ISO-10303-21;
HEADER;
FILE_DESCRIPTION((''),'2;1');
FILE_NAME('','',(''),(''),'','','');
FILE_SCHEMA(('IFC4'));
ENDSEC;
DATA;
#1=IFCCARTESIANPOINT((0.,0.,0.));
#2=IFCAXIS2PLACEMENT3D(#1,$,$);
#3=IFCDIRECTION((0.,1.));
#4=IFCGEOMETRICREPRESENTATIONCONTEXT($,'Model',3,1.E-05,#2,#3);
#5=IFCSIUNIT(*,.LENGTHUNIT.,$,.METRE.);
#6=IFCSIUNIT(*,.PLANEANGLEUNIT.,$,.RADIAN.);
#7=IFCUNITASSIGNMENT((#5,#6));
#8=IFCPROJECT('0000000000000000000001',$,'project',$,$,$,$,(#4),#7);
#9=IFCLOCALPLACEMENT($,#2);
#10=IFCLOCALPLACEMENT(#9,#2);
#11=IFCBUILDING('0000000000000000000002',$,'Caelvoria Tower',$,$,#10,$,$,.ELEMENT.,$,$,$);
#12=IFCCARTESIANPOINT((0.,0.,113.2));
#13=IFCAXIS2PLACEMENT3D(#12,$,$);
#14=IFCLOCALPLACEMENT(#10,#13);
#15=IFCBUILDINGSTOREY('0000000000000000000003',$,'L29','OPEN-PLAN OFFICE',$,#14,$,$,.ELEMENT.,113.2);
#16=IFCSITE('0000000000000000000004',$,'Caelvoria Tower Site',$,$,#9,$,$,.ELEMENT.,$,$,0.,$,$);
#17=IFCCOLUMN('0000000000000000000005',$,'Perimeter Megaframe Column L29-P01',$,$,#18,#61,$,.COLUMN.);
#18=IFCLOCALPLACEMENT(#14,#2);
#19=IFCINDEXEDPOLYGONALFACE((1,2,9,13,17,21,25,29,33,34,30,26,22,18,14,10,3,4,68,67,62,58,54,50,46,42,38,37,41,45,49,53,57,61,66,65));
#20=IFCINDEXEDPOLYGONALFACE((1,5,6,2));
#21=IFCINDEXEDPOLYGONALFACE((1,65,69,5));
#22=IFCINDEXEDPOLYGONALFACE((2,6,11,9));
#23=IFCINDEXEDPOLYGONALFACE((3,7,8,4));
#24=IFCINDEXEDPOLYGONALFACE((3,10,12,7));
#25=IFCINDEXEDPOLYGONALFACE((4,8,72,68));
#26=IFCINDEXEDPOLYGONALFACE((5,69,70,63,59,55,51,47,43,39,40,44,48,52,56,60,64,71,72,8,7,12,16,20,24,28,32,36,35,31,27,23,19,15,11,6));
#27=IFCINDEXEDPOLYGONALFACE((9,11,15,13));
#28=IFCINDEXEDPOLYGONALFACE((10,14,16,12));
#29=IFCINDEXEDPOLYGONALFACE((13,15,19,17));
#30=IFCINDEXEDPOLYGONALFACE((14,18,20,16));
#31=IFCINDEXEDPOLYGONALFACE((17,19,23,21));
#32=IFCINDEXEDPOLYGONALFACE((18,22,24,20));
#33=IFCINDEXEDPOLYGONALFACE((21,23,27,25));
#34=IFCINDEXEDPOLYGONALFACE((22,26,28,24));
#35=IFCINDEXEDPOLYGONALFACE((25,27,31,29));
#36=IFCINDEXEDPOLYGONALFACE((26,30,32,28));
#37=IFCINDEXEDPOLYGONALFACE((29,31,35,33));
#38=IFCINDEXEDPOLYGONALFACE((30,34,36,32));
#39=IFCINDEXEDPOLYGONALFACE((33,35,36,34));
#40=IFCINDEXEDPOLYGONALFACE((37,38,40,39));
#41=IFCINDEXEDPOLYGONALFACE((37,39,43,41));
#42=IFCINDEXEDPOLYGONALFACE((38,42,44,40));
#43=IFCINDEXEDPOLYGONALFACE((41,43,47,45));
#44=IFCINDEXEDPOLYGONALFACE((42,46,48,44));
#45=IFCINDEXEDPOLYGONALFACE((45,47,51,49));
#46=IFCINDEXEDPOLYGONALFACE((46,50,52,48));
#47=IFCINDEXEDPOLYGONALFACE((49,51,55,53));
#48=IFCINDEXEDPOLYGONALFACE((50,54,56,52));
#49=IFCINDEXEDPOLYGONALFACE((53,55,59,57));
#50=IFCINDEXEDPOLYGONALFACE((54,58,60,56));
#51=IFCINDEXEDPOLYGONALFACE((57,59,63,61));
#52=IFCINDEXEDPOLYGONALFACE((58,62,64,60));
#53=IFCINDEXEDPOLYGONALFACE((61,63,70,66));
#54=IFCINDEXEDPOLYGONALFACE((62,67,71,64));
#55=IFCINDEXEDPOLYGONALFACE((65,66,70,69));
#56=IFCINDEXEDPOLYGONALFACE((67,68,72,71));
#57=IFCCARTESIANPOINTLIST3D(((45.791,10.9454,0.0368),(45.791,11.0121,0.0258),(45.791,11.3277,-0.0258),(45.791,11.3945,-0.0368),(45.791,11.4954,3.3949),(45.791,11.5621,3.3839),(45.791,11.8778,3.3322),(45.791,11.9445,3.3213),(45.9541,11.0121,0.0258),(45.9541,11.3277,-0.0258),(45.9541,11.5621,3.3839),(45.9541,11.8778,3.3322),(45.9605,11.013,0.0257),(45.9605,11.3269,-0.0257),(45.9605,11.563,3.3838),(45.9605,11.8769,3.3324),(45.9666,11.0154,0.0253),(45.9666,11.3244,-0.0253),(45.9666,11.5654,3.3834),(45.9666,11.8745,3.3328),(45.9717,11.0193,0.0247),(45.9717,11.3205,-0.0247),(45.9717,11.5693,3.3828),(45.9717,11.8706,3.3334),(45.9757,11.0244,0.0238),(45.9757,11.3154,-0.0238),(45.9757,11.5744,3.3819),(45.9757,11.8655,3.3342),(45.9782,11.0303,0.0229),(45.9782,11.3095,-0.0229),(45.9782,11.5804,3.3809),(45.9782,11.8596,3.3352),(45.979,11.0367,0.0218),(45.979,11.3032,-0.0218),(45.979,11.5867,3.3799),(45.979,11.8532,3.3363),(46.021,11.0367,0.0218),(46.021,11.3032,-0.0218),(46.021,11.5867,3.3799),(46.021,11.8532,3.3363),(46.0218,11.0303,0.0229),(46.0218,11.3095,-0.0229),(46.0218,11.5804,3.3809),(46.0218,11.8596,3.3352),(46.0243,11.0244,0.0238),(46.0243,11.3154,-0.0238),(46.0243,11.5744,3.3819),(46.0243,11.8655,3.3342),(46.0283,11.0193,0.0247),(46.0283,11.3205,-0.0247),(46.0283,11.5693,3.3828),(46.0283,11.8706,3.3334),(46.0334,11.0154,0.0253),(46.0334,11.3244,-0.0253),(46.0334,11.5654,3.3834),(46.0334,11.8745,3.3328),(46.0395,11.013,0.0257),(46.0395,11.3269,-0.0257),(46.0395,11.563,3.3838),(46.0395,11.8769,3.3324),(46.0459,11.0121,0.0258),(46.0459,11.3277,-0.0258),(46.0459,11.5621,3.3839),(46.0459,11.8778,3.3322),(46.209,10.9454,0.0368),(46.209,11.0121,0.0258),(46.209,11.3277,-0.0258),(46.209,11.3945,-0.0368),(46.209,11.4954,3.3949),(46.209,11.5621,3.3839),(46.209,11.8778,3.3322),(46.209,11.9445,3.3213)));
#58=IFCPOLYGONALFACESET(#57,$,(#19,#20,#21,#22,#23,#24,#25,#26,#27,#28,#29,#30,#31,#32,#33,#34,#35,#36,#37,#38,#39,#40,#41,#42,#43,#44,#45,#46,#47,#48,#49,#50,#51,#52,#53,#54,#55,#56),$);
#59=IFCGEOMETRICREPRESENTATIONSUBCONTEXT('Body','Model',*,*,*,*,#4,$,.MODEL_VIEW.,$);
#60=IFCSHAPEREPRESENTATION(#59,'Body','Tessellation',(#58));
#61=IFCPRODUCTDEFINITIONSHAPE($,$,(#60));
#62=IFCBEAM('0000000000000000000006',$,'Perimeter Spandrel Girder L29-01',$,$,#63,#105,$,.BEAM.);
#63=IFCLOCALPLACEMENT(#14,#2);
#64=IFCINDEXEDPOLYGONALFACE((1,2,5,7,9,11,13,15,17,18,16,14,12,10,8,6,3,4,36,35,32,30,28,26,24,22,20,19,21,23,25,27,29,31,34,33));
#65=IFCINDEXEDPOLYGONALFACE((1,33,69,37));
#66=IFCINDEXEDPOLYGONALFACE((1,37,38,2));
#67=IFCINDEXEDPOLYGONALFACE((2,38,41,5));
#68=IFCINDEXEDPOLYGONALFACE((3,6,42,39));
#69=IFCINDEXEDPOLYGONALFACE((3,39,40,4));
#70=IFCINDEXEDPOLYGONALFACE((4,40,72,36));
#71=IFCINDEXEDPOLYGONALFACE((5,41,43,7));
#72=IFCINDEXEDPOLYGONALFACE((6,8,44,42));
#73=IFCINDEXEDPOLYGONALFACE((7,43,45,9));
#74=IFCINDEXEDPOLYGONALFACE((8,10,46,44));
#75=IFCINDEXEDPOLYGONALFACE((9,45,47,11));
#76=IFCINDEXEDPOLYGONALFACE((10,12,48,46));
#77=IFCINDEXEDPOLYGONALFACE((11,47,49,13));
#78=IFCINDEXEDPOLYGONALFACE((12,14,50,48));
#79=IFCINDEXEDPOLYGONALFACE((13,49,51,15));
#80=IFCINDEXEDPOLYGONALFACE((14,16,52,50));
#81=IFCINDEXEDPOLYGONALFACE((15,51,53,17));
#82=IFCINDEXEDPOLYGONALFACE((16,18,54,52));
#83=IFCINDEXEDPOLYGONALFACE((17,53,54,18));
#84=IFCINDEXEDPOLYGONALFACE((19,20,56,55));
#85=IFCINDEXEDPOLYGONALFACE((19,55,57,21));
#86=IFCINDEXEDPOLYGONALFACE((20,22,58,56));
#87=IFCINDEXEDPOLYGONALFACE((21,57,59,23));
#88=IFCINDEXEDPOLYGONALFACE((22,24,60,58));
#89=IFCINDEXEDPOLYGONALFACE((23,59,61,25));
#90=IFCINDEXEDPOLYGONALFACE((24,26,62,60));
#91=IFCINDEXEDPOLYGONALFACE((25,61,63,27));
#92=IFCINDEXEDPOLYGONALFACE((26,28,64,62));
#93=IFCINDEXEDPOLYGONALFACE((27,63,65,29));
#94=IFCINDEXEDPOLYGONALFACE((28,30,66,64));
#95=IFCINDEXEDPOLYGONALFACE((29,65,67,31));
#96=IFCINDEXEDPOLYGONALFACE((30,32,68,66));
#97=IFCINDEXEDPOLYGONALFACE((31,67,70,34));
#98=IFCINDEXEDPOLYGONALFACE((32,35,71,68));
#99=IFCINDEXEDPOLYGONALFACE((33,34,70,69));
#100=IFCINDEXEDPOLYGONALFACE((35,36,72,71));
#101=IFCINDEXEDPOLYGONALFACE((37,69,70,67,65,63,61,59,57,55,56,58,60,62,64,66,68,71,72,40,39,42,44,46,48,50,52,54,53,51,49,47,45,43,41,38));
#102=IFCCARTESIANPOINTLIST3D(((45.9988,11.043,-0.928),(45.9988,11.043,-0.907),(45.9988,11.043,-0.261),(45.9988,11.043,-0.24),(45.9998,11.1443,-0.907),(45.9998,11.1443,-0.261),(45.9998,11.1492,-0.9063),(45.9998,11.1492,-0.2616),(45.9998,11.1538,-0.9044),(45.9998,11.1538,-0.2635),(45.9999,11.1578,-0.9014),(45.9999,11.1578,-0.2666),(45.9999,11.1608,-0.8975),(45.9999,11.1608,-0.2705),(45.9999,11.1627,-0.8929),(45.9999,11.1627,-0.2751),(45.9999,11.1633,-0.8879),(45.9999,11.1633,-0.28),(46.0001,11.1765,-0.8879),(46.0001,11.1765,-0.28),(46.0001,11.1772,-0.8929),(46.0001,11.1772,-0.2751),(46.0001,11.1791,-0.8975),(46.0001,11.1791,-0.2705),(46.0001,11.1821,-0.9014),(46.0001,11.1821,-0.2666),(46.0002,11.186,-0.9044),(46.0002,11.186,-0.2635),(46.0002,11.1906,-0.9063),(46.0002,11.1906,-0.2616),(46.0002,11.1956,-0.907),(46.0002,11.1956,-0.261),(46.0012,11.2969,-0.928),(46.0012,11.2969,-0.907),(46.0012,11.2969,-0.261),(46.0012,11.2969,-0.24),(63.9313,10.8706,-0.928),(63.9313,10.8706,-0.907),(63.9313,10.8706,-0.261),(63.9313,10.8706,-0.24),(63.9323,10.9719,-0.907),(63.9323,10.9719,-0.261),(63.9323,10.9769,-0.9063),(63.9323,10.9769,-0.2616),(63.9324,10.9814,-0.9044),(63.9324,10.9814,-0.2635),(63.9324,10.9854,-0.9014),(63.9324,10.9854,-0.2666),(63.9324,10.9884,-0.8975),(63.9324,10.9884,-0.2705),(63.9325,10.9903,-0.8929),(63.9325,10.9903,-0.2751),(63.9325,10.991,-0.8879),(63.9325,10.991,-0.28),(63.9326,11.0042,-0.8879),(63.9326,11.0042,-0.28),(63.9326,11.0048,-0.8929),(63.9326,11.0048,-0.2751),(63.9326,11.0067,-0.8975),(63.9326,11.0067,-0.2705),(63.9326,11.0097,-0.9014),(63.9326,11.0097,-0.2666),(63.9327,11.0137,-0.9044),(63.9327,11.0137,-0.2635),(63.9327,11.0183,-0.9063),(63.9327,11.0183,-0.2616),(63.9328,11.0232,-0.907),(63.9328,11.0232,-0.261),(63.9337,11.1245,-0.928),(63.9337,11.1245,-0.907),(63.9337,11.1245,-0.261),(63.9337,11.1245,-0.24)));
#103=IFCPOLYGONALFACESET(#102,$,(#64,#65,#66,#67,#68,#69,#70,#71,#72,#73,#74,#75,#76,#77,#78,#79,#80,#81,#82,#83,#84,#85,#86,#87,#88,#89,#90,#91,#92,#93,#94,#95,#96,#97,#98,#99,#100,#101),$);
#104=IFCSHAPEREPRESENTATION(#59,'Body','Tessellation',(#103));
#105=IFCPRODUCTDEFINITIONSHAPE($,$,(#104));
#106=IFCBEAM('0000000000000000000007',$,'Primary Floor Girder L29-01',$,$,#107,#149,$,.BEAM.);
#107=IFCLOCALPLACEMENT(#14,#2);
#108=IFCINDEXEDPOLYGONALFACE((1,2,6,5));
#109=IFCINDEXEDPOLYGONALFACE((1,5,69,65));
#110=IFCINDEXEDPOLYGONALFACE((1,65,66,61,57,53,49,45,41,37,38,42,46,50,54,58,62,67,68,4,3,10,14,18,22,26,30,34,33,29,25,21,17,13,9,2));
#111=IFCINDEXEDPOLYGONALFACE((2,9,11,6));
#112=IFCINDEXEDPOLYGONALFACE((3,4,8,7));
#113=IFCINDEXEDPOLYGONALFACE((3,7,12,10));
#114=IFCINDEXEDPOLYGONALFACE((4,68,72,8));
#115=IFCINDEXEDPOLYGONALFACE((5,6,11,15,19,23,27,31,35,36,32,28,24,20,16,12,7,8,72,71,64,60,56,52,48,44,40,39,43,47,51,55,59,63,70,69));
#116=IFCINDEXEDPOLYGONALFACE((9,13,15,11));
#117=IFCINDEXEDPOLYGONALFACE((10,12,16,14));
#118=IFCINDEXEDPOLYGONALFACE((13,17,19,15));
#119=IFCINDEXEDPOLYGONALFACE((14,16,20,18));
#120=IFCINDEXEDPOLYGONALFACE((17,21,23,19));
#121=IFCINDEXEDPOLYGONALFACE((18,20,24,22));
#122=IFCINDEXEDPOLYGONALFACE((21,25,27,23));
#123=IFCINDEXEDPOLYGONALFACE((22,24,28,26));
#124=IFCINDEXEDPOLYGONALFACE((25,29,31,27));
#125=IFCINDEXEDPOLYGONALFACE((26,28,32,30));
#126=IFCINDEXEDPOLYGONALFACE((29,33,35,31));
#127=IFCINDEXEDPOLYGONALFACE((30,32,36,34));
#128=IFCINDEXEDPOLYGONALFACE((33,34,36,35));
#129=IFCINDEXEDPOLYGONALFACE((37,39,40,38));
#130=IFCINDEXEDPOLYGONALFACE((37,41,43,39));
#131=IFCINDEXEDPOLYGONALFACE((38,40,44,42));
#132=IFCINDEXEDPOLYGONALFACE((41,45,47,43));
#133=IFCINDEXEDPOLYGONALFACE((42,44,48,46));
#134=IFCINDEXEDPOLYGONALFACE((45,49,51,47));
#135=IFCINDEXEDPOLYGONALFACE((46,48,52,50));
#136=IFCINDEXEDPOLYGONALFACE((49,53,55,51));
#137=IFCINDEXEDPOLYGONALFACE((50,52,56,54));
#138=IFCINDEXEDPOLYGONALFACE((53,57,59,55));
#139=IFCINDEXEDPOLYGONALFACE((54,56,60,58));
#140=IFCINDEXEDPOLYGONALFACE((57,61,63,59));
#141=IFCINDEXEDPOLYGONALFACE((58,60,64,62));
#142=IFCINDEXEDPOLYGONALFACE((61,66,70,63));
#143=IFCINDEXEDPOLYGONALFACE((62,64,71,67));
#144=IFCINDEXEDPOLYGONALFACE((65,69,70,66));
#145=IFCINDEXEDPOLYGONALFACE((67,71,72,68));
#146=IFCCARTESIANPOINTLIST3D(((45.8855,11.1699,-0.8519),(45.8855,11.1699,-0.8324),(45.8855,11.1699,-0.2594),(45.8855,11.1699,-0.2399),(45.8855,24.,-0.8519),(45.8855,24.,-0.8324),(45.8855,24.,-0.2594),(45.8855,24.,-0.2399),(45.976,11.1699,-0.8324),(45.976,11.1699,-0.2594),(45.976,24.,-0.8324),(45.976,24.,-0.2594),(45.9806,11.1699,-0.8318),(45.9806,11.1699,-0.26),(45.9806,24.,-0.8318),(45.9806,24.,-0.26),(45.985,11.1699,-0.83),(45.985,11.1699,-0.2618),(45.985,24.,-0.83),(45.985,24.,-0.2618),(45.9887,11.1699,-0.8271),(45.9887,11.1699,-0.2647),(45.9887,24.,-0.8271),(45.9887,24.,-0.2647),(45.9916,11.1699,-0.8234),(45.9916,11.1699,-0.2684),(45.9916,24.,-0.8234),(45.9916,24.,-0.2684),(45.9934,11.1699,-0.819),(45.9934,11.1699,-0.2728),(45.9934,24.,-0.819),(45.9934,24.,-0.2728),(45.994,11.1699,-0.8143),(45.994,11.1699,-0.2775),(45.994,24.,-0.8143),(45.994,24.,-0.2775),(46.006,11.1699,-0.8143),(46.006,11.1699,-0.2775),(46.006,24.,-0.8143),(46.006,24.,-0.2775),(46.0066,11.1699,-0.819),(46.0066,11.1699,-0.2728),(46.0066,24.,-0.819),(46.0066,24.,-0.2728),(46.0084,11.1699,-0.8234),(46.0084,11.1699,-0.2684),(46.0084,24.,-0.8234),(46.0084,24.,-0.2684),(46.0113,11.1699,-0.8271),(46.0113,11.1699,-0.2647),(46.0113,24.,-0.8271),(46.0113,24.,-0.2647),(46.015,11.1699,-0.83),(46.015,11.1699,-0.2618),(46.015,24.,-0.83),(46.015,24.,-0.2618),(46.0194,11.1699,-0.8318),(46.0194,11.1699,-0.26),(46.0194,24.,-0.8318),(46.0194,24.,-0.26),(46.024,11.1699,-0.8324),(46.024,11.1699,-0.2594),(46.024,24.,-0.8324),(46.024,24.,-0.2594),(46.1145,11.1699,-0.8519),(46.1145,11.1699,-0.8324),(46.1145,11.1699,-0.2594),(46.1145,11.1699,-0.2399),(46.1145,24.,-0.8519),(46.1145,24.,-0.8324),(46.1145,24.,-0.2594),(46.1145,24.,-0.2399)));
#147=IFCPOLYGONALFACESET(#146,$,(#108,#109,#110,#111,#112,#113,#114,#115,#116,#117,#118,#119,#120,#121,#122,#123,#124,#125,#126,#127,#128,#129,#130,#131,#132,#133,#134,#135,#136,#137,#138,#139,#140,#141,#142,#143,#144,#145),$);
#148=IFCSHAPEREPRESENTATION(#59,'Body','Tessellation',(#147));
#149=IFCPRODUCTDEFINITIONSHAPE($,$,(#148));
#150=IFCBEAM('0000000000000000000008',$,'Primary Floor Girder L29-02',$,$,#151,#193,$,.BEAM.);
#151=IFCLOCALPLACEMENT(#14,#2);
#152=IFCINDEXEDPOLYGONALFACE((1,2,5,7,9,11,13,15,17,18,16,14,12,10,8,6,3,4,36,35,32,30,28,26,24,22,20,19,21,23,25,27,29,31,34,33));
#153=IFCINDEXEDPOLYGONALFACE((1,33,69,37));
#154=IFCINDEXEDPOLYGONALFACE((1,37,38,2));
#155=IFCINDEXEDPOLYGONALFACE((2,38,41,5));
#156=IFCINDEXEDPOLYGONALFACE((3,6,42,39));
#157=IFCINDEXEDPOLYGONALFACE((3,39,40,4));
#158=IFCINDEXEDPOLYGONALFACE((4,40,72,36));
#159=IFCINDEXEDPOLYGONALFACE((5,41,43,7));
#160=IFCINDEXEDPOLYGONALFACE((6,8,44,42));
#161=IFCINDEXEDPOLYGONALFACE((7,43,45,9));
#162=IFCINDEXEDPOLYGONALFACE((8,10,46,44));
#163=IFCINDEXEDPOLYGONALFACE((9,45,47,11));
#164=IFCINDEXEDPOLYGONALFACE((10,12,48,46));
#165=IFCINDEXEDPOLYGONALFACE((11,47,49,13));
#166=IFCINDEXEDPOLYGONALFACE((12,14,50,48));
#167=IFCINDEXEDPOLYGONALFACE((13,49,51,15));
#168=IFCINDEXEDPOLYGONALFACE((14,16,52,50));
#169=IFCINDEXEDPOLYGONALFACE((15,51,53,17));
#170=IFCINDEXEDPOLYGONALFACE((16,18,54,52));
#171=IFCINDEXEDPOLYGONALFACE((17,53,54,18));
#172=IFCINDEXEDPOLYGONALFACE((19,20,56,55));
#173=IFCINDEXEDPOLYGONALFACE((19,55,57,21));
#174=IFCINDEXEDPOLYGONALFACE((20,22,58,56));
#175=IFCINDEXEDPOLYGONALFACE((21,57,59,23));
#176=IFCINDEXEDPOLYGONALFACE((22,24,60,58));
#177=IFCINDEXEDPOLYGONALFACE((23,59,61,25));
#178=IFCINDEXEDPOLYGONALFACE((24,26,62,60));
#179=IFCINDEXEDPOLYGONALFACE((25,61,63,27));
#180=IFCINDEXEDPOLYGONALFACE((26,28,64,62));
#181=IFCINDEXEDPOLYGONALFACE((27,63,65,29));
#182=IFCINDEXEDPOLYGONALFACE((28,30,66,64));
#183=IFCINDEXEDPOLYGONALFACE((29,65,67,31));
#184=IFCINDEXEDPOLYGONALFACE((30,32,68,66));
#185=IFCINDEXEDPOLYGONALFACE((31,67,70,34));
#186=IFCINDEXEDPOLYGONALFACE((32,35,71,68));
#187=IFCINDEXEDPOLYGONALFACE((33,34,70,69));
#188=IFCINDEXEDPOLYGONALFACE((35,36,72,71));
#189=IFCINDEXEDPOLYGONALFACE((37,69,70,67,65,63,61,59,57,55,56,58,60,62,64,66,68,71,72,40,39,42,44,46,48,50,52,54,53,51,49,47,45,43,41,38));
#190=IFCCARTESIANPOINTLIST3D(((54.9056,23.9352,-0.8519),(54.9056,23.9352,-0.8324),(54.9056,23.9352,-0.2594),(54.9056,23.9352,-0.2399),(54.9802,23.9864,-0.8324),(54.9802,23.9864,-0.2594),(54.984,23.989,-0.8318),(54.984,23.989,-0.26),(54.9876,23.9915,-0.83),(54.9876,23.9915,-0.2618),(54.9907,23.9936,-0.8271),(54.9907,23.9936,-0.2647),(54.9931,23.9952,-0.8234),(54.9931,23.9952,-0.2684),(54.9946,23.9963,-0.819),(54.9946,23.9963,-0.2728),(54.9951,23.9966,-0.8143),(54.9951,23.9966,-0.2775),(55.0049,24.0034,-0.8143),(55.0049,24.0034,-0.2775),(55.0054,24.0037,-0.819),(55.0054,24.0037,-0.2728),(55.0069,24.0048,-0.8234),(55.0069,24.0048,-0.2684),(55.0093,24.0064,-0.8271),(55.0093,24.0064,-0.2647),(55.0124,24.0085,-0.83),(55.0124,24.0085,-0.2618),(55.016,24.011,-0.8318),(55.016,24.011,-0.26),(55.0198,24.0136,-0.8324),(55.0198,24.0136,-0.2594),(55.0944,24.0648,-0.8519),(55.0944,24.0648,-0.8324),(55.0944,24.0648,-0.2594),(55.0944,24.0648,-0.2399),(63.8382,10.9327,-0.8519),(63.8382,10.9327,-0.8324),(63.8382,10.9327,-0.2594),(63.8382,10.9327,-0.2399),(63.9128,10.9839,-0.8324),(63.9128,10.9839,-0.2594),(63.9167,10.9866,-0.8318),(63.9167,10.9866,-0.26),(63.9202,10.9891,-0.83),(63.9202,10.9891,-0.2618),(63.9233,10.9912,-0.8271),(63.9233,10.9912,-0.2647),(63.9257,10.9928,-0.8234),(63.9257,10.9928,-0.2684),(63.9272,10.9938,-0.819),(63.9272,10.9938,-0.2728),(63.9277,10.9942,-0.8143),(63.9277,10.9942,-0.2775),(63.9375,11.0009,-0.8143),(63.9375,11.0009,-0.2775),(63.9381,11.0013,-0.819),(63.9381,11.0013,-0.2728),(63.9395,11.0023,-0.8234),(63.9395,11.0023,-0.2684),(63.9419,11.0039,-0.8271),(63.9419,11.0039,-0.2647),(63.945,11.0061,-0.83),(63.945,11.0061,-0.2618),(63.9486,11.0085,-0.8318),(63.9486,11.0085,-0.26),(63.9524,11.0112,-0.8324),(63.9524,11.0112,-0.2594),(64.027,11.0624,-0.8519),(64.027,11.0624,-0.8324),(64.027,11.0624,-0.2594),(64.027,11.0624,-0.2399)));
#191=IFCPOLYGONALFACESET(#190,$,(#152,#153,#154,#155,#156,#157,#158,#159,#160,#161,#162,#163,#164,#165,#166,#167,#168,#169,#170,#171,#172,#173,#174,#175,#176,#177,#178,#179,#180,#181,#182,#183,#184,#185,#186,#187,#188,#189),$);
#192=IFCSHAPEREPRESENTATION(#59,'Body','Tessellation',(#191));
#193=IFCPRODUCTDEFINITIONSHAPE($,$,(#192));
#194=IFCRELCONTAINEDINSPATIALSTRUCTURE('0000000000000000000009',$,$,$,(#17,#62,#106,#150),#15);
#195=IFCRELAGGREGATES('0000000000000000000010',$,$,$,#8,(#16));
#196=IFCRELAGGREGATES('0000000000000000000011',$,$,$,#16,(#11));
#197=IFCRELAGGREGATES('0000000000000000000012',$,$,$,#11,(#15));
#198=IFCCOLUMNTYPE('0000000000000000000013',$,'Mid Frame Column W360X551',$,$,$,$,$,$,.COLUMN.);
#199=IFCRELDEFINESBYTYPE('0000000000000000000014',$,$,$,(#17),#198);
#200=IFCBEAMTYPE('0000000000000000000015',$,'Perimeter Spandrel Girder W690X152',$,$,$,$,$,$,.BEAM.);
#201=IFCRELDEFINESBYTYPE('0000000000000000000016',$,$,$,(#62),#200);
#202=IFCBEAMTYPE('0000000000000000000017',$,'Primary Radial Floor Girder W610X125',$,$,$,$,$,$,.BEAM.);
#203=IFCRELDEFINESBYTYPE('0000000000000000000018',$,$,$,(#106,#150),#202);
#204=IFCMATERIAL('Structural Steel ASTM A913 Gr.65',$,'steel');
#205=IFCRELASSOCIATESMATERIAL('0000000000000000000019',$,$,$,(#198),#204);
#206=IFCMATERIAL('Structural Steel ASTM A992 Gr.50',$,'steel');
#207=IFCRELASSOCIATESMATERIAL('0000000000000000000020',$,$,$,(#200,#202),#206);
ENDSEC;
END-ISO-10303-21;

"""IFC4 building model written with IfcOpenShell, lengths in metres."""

from ifc_helpers import new_model, si_unit, direction, frame, origin, origin_2d, place, context, subcontext, project, spatial, i_section, extrude, material, material_profile, profile_set, type_object, element, save


model = new_model("IFC4")

# Units and contexts
model_context = context("Model", 3, precision=1e-05, world=origin(), true_north=direction((0.0, 1.0)))
body_context = subcontext(model_context, "Body", "Model", "MODEL_VIEW")
ifc_project = project(units=[si_unit("LENGTHUNIT", "METRE"), si_unit("PLANEANGLEUNIT", "RADIAN")], contexts=[model_context])

# Site, building, storey
site_placement = place(None, origin())
site = spatial("IfcSite", under=ifc_project, at=site_placement, Name="Caelvoria Tower Site", CompositionType="ELEMENT", RefElevation=0.0)
building_placement = place(site_placement, origin())
building = spatial("IfcBuilding", under=site, at=building_placement, Name="Caelvoria Tower", CompositionType="ELEMENT")
storey_placement = place(building_placement, frame((0.0, 0.0, 113.2)))
storey = spatial("IfcBuildingStorey", under=building, at=storey_placement, Name="L29", Description="OPEN-PLAN OFFICE", CompositionType="ELEMENT", Elevation=113.2)

# Column
ifc_material_1 = material(Name="Structural Steel ASTM A913 Gr.65", Category="steel")
ifc_material_profile_1 = material_profile(ifc_material_1, i_section(OverallWidth=0.418, OverallDepth=0.4551, WebThickness=0.042, FlangeThickness=0.0676, FilletRadius=0.0249, at=origin_2d()), Name="Structural Steel ASTM A913 Gr.65")
ifc_profile_set_1 = profile_set([ifc_material_profile_1], Name="W360X551 - Structural Steel ASTM A913 Gr.65")
column_type = type_object("IfcColumnType", Name="Mid Frame Column W360X551", PredefinedType="COLUMN", material=ifc_profile_set_1)
column_placement = place(storey_placement, frame((46.0, 11.1699, 0.0), z_axis=(0.0, 0.161641, 0.98685), x_axis=(-1.0, 0.0, 0.0)))
element("IfcColumn", 1, at=column_placement, inside=storey, type_object=column_type, Name="Perimeter Megaframe Column L29-P01", PredefinedType="COLUMN", context=body_context, shape_type="SweptSolid", body=[
    extrude(i_section(OverallWidth=0.418, OverallDepth=0.4551, WebThickness=0.042, FlangeThickness=0.0676, FilletRadius=0.0249, at=origin_2d()), origin(), (0.0, 0.0, 1.0), 3.4028),
])

# Beams
ifc_material_2 = material(Name="Structural Steel ASTM A992 Gr.50", Category="steel")
ifc_material_profile_2 = material_profile(ifc_material_2, i_section(OverallWidth=0.2539, OverallDepth=0.688, WebThickness=0.0132, FlangeThickness=0.021, FilletRadius=0.019, at=origin_2d()), Name="Structural Steel ASTM A992 Gr.50")
ifc_profile_set_2 = profile_set([ifc_material_profile_2], Name="W690X152 - Structural Steel ASTM A992 Gr.50")
beam_type_1 = type_object("IfcBeamType", Name="Perimeter Spandrel Girder W690X152", PredefinedType="BEAM", material=ifc_profile_set_2)
beam_1_placement = place(storey_placement, frame((46.0, 11.1699, -0.584), z_axis=(0.999954, -0.009611, 0.0), x_axis=(0.009611, 0.999954, 0.0)))
element("IfcBeam", 2, at=beam_1_placement, inside=storey, type_object=beam_type_1, Name="Perimeter Spandrel Girder L29-01", PredefinedType="BEAM", context=body_context, shape_type="SweptSolid", body=[
    extrude(i_section(OverallWidth=0.2539, OverallDepth=0.688, WebThickness=0.0132, FlangeThickness=0.021, FilletRadius=0.019, at=origin_2d()), origin(), (0.0, 0.0, 1.0), 17.9333),
])
ifc_material_profile_3 = material_profile(ifc_material_2, i_section(OverallWidth=0.229, OverallDepth=0.6121, WebThickness=0.012, FlangeThickness=0.0195, FilletRadius=0.0181, at=origin_2d()), Name="Structural Steel ASTM A992 Gr.50")
ifc_profile_set_3 = profile_set([ifc_material_profile_3], Name="W610X125 - Structural Steel ASTM A992 Gr.50")
beam_type_2 = type_object("IfcBeamType", Name="Primary Radial Floor Girder W610X125", PredefinedType="BEAM", material=ifc_profile_set_3)
beam_2_placement = place(storey_placement, frame((46.0, 24.0, -0.5459), z_axis=(0.0, -1.0, 0.0), x_axis=(1.0, 0.0, 0.0)))
element("IfcBeam", 3, at=beam_2_placement, inside=storey, type_object=beam_type_2, Name="Primary Floor Girder L29-01", PredefinedType="BEAM", context=body_context, shape_type="SweptSolid", body=[
    extrude(i_section(OverallWidth=0.229, OverallDepth=0.6121, WebThickness=0.012, FlangeThickness=0.0195, FilletRadius=0.0181, at=origin_2d()), origin(), (0.0, 0.0, 1.0), 12.8301),
])
beam_3_placement = place(storey_placement, frame((55.0, 24.0, -0.5459), z_axis=(0.566246, -0.824236, 0.0), x_axis=(0.824236, 0.566246, 0.0)))
element("IfcBeam", 4, at=beam_3_placement, inside=storey, type_object=beam_type_2, Name="Primary Floor Girder L29-02", PredefinedType="BEAM", context=body_context, shape_type="SweptSolid", body=[
    extrude(i_section(OverallWidth=0.229, OverallDepth=0.6121, WebThickness=0.012, FlangeThickness=0.0195, FilletRadius=0.0181, at=origin_2d()), origin(), (0.0, 0.0, 1.0), 15.7751),
])

save(model, "model.ifc")
